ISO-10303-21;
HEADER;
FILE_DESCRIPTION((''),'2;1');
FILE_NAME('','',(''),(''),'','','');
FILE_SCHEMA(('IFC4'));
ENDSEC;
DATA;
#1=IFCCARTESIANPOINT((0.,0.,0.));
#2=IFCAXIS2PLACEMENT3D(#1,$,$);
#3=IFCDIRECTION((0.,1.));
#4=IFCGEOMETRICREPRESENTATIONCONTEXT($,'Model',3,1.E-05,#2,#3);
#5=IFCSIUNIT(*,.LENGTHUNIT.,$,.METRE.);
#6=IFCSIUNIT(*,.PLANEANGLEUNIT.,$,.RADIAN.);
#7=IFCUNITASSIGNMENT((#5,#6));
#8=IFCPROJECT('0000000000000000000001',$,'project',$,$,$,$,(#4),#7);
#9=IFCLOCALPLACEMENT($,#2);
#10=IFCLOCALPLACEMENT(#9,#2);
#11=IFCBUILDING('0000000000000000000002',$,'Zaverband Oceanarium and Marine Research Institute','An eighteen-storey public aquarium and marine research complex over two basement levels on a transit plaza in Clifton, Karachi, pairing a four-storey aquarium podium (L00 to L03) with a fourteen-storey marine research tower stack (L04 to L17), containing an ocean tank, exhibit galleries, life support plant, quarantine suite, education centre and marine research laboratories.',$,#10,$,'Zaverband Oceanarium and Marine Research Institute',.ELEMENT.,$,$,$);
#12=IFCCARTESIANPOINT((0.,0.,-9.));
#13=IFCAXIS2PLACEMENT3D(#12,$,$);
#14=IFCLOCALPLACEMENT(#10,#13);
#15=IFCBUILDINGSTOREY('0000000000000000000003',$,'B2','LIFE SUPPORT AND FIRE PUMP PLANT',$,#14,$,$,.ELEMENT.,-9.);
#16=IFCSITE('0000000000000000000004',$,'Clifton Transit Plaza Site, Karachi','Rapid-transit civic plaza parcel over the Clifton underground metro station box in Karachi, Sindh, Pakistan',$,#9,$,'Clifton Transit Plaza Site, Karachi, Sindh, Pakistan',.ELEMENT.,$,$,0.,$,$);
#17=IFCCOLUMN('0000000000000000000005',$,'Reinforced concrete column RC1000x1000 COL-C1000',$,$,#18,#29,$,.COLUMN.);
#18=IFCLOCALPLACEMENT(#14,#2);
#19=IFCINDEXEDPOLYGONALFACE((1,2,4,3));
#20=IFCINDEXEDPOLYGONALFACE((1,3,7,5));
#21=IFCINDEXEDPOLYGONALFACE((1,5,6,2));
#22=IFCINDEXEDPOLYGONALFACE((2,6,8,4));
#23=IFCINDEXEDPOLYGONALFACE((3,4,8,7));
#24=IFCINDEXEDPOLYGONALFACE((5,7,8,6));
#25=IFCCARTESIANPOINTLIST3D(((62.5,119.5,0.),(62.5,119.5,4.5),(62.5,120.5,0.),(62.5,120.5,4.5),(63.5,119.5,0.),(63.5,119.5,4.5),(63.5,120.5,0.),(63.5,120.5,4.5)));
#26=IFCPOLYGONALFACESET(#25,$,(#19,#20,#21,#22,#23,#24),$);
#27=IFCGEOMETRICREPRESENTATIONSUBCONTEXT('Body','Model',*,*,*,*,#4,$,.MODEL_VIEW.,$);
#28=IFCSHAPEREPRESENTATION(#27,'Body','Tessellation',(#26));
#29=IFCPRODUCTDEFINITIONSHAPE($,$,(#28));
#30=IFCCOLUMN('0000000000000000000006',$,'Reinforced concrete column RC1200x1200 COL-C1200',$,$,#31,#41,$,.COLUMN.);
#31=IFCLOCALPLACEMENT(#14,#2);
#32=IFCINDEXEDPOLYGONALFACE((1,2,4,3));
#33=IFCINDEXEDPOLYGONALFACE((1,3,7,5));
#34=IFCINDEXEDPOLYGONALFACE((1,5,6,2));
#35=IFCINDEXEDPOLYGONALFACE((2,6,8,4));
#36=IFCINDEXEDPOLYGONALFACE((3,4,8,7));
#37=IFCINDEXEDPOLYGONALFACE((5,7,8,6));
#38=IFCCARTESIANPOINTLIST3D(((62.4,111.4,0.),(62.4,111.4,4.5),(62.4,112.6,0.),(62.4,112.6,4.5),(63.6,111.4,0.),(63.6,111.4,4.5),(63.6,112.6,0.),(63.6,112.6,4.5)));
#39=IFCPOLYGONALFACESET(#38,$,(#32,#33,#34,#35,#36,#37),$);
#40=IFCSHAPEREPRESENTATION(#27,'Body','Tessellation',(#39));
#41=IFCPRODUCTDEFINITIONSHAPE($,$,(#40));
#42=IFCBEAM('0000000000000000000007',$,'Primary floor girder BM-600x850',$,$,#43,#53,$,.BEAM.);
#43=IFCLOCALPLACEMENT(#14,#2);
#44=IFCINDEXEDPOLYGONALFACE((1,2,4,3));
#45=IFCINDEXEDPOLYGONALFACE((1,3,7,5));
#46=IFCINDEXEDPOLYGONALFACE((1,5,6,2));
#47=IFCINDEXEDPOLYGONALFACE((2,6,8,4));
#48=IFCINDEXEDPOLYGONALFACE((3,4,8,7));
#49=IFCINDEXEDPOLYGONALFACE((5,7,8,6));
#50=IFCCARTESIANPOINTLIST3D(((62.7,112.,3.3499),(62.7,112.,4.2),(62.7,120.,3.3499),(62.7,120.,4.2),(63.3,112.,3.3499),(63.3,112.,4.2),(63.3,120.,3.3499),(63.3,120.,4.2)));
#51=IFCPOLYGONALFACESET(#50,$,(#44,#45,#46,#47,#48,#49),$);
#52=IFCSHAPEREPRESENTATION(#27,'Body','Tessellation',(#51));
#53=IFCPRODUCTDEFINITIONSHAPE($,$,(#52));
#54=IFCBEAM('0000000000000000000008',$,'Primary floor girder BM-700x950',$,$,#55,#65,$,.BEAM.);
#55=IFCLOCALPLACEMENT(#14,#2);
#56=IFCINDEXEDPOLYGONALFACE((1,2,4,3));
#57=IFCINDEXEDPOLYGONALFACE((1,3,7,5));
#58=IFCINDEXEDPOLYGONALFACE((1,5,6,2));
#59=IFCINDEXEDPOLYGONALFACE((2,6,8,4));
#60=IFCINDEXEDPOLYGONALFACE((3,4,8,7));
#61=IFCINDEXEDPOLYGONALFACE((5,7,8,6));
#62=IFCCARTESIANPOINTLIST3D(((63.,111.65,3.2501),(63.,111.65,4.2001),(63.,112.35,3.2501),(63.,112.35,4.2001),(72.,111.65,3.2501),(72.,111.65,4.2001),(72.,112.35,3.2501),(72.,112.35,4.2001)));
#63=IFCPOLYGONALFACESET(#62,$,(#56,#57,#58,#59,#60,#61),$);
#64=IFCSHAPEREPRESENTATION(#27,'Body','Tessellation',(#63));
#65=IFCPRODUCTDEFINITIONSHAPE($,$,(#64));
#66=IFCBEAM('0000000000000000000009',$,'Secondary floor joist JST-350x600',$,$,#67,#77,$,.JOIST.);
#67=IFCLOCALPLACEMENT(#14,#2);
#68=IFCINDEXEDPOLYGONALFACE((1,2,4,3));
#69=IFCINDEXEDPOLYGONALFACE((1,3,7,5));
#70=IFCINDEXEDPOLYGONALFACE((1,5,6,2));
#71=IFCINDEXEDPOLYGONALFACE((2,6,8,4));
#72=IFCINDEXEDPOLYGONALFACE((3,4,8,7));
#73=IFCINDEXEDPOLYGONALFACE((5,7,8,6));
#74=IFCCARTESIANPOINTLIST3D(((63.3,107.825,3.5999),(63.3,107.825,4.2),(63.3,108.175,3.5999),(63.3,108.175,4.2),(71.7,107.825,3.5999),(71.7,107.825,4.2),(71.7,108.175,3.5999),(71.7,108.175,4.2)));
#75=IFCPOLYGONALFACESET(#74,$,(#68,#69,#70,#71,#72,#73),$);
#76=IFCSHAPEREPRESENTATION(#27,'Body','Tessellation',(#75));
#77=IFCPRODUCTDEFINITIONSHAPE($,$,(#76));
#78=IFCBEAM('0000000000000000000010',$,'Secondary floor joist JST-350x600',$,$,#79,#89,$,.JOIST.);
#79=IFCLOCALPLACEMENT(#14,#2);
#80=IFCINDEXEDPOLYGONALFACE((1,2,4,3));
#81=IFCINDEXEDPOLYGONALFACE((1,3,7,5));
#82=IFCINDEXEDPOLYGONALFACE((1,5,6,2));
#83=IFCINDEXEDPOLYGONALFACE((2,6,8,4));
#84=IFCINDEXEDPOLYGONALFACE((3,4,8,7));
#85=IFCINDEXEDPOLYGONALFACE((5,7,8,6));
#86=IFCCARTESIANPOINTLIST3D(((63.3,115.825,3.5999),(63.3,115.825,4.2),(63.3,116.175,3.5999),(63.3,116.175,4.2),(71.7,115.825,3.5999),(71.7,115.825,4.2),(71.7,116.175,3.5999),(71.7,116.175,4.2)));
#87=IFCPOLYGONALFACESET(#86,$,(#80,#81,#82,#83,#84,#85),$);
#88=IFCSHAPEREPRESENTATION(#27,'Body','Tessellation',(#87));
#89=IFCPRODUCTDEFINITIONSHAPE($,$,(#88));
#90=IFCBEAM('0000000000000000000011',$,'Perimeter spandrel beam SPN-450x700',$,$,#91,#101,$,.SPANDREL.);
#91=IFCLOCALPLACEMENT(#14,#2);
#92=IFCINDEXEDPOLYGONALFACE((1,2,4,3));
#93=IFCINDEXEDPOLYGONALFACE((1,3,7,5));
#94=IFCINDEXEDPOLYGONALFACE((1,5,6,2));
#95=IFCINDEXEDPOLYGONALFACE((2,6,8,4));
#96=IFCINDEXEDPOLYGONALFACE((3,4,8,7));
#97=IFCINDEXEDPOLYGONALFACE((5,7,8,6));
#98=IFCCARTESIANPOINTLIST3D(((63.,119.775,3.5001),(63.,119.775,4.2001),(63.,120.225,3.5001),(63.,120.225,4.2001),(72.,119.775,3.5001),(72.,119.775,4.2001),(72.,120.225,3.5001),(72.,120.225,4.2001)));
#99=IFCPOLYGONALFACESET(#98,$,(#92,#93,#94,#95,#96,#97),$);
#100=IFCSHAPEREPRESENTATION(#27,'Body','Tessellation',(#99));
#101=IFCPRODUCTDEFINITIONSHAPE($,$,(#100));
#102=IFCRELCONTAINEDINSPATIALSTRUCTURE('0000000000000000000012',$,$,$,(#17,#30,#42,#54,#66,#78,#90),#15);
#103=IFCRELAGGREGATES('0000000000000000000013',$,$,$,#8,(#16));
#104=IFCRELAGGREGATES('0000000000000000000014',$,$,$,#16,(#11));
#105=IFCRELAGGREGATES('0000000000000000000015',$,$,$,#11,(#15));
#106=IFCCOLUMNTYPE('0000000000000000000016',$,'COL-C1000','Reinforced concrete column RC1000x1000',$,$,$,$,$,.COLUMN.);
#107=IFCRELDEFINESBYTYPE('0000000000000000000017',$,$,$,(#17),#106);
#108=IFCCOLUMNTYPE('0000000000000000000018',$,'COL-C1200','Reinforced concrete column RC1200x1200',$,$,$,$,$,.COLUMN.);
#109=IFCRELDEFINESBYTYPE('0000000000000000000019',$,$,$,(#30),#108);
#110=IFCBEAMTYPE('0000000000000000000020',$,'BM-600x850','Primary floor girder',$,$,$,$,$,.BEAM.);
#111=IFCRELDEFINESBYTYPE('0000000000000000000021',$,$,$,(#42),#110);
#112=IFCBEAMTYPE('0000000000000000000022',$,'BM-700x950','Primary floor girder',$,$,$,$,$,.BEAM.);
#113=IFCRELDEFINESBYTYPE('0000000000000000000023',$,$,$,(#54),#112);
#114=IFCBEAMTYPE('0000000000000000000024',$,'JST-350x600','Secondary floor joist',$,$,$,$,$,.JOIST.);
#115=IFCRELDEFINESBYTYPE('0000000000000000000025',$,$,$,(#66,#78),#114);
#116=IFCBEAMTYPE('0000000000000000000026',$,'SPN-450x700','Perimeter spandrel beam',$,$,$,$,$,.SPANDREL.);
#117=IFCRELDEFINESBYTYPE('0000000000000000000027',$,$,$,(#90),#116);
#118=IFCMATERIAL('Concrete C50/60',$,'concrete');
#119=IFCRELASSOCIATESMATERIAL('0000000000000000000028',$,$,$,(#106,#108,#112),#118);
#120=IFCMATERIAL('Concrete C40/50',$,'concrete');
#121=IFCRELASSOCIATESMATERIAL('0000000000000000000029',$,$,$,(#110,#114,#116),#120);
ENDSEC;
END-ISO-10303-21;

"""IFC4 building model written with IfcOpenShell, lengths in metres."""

from ifc_helpers import new_model, si_unit, direction, frame, origin, origin_2d, place, context, subcontext, project, spatial, rectangle, extrude, material, material_profile, profile_set, type_object, element, save


model = new_model("IFC4")

# Units and contexts
model_context = context("Model", 3, precision=1e-05, world=origin(), true_north=direction((0.0, 1.0)))
body_context = subcontext(model_context, "Body", "Model", "MODEL_VIEW")
ifc_project = project(units=[si_unit("LENGTHUNIT", "METRE"), si_unit("PLANEANGLEUNIT", "RADIAN")], contexts=[model_context])

# Site, building, storey
site_placement = place(None, origin())
site = spatial("IfcSite", under=ifc_project, at=site_placement, Name="Clifton Transit Plaza Site, Karachi", Description="Rapid-transit civic plaza parcel over the Clifton underground metro station box in Karachi, Sindh, Pakistan", LongName="Clifton Transit Plaza Site, Karachi, Sindh, Pakistan", CompositionType="ELEMENT", RefElevation=0.0)
building_placement = place(site_placement, origin())
building = spatial("IfcBuilding", under=site, at=building_placement, Name="Zaverband Oceanarium and Marine Research Institute", Description="An eighteen-storey public aquarium and marine research complex over two basement levels on a transit plaza in Clifton, Karachi, pairing a four-storey aquarium podium (L00 to L03) with a fourteen-storey marine research tower stack (L04 to L17), containing an ocean tank, exhibit galleries, life support plant, quarantine suite, education centre and marine research laboratories.", LongName="Zaverband Oceanarium and Marine Research Institute", CompositionType="ELEMENT")
storey_placement = place(building_placement, frame((0.0, 0.0, -9.0)))
storey = spatial("IfcBuildingStorey", under=building, at=storey_placement, Name="B2", Description="LIFE SUPPORT AND FIRE PUMP PLANT", CompositionType="ELEMENT", Elevation=-9.0)

# Shared definitions
ifc_material_1 = material(Name="Concrete C50/60", Category="concrete")

# Columns
ifc_material_profile_1 = material_profile(ifc_material_1, rectangle(XDim=1.0, YDim=1.0, at=origin_2d()), Name="RC1000x1000")
ifc_profile_set_1 = profile_set([ifc_material_profile_1], Name="Concrete C50/60")
column_type_1 = type_object("IfcColumnType", Name="COL-C1000", Description="Reinforced concrete column RC1000x1000", PredefinedType="COLUMN", material=ifc_profile_set_1)
column_1_placement = place(storey_placement, frame((63.0, 120.0, 0.0), z_axis=(0.0, 0.0, 1.0), x_axis=(1.0, 0.0, 0.0)))
element("IfcColumn", 1, at=column_1_placement, inside=storey, type_object=column_type_1, Name="Reinforced concrete column RC1000x1000 COL-C1000", PredefinedType="COLUMN", context=body_context, shape_type="SweptSolid", body=[
    extrude(rectangle(XDim=1.0, YDim=1.0, at=origin_2d()), origin(), (0.0, 0.0, 1.0), 4.5),
])
ifc_material_profile_2 = material_profile(ifc_material_1, rectangle(XDim=1.2, YDim=1.2, at=origin_2d()), Name="RC1200x1200")
ifc_profile_set_2 = profile_set([ifc_material_profile_2], Name="Concrete C50/60")
column_type_2 = type_object("IfcColumnType", Name="COL-C1200", Description="Reinforced concrete column RC1200x1200", PredefinedType="COLUMN", material=ifc_profile_set_2)
column_2_placement = place(storey_placement, frame((63.0, 112.0, 0.0), z_axis=(0.0, 0.0, 1.0), x_axis=(1.0, 0.0, 0.0)))
element("IfcColumn", 2, at=column_2_placement, inside=storey, type_object=column_type_2, Name="Reinforced concrete column RC1200x1200 COL-C1200", PredefinedType="COLUMN", context=body_context, shape_type="SweptSolid", body=[
    extrude(rectangle(XDim=1.2, YDim=1.2, at=origin_2d()), origin(), (0.0, 0.0, 1.0), 4.5),
])

# Beams
ifc_material_2 = material(Name="Concrete C40/50", Category="concrete")
ifc_material_profile_3 = material_profile(ifc_material_2, rectangle(XDim=0.6001, YDim=0.8501, at=origin_2d()), Name="RC600x850")
ifc_profile_set_3 = profile_set([ifc_material_profile_3], Name="Concrete C40/50")
beam_type_1 = type_object("IfcBeamType", Name="BM-600x850", Description="Primary floor girder", PredefinedType="BEAM", material=ifc_profile_set_3)
beam_1_placement = place(storey_placement, frame((63.0, 112.0, 3.7749), z_axis=(0.0, 1.0, 0.0), x_axis=(-1.0, 0.0, 0.0)))
element("IfcBeam", 3, at=beam_1_placement, inside=storey, type_object=beam_type_1, Name="Primary floor girder BM-600x850", PredefinedType="BEAM", context=body_context, shape_type="SweptSolid", body=[
    extrude(rectangle(XDim=0.6001, YDim=0.8501, at=origin_2d()), origin(), (0.0, 0.0, 1.0), 8.0),
])
ifc_material_profile_4 = material_profile(ifc_material_1, rectangle(XDim=0.7, YDim=0.95, at=origin_2d()), Name="RC700x950")
ifc_profile_set_4 = profile_set([ifc_material_profile_4], Name="Concrete C50/60")
beam_type_2 = type_object("IfcBeamType", Name="BM-700x950", Description="Primary floor girder", PredefinedType="BEAM", material=ifc_profile_set_4)
beam_2_placement = place(storey_placement, frame((63.0, 112.0, 3.7251), z_axis=(1.0, 0.0, 0.0), x_axis=(0.0, 1.0, 0.0)))
element("IfcBeam", 4, at=beam_2_placement, inside=storey, type_object=beam_type_2, Name="Primary floor girder BM-700x950", PredefinedType="BEAM", context=body_context, shape_type="SweptSolid", body=[
    extrude(rectangle(XDim=0.7, YDim=0.95, at=origin_2d()), origin(), (0.0, 0.0, 1.0), 9.0),
])
ifc_material_profile_5 = material_profile(ifc_material_2, rectangle(XDim=0.3501, YDim=0.6001, at=origin_2d()), Name="RC350x600")
ifc_profile_set_5 = profile_set([ifc_material_profile_5], Name="Concrete C40/50")
beam_type_3 = type_object("IfcBeamType", Name="JST-350x600", Description="Secondary floor joist", PredefinedType="JOIST", material=ifc_profile_set_5)
for number, where, z_axis, x_axis, name in (
    (5, (63.3, 108.0, 3.8999), (1.0, 0.0, 0.0), (0.0, 1.0, 0.0), "Secondary floor joist JST-350x600"),
    (6, (63.3, 116.0, 3.8999), (1.0, 0.0, 0.0), (0.0, 1.0, 0.0), "Secondary floor joist JST-350x600"),
):
    element("IfcBeam", number, at=place(storey_placement, frame(where, z_axis=z_axis, x_axis=x_axis)), inside=storey, type_object=beam_type_3, Name=name, PredefinedType="JOIST", context=body_context, shape_type="SweptSolid", body=[
        extrude(rectangle(XDim=0.3501, YDim=0.6001, at=origin_2d()), origin(), (0.0, 0.0, 1.0), 8.3999),
    ])
ifc_material_profile_6 = material_profile(ifc_material_2, rectangle(XDim=0.45, YDim=0.7, at=origin_2d()), Name="RC450x700")
ifc_profile_set_6 = profile_set([ifc_material_profile_6], Name="Concrete C40/50")
beam_type_4 = type_object("IfcBeamType", Name="SPN-450x700", Description="Perimeter spandrel beam", PredefinedType="SPANDREL", material=ifc_profile_set_6)
beam_3_placement = place(storey_placement, frame((63.0, 120.0, 3.8501), z_axis=(1.0, 0.0, 0.0), x_axis=(0.0, 1.0, 0.0)))
element("IfcBeam", 7, at=beam_3_placement, inside=storey, type_object=beam_type_4, Name="Perimeter spandrel beam SPN-450x700", PredefinedType="SPANDREL", context=body_context, shape_type="SweptSolid", body=[
    extrude(rectangle(XDim=0.45, YDim=0.7, at=origin_2d()), origin(), (0.0, 0.0, 1.0), 9.0),
])

save(model, "model.ifc")
